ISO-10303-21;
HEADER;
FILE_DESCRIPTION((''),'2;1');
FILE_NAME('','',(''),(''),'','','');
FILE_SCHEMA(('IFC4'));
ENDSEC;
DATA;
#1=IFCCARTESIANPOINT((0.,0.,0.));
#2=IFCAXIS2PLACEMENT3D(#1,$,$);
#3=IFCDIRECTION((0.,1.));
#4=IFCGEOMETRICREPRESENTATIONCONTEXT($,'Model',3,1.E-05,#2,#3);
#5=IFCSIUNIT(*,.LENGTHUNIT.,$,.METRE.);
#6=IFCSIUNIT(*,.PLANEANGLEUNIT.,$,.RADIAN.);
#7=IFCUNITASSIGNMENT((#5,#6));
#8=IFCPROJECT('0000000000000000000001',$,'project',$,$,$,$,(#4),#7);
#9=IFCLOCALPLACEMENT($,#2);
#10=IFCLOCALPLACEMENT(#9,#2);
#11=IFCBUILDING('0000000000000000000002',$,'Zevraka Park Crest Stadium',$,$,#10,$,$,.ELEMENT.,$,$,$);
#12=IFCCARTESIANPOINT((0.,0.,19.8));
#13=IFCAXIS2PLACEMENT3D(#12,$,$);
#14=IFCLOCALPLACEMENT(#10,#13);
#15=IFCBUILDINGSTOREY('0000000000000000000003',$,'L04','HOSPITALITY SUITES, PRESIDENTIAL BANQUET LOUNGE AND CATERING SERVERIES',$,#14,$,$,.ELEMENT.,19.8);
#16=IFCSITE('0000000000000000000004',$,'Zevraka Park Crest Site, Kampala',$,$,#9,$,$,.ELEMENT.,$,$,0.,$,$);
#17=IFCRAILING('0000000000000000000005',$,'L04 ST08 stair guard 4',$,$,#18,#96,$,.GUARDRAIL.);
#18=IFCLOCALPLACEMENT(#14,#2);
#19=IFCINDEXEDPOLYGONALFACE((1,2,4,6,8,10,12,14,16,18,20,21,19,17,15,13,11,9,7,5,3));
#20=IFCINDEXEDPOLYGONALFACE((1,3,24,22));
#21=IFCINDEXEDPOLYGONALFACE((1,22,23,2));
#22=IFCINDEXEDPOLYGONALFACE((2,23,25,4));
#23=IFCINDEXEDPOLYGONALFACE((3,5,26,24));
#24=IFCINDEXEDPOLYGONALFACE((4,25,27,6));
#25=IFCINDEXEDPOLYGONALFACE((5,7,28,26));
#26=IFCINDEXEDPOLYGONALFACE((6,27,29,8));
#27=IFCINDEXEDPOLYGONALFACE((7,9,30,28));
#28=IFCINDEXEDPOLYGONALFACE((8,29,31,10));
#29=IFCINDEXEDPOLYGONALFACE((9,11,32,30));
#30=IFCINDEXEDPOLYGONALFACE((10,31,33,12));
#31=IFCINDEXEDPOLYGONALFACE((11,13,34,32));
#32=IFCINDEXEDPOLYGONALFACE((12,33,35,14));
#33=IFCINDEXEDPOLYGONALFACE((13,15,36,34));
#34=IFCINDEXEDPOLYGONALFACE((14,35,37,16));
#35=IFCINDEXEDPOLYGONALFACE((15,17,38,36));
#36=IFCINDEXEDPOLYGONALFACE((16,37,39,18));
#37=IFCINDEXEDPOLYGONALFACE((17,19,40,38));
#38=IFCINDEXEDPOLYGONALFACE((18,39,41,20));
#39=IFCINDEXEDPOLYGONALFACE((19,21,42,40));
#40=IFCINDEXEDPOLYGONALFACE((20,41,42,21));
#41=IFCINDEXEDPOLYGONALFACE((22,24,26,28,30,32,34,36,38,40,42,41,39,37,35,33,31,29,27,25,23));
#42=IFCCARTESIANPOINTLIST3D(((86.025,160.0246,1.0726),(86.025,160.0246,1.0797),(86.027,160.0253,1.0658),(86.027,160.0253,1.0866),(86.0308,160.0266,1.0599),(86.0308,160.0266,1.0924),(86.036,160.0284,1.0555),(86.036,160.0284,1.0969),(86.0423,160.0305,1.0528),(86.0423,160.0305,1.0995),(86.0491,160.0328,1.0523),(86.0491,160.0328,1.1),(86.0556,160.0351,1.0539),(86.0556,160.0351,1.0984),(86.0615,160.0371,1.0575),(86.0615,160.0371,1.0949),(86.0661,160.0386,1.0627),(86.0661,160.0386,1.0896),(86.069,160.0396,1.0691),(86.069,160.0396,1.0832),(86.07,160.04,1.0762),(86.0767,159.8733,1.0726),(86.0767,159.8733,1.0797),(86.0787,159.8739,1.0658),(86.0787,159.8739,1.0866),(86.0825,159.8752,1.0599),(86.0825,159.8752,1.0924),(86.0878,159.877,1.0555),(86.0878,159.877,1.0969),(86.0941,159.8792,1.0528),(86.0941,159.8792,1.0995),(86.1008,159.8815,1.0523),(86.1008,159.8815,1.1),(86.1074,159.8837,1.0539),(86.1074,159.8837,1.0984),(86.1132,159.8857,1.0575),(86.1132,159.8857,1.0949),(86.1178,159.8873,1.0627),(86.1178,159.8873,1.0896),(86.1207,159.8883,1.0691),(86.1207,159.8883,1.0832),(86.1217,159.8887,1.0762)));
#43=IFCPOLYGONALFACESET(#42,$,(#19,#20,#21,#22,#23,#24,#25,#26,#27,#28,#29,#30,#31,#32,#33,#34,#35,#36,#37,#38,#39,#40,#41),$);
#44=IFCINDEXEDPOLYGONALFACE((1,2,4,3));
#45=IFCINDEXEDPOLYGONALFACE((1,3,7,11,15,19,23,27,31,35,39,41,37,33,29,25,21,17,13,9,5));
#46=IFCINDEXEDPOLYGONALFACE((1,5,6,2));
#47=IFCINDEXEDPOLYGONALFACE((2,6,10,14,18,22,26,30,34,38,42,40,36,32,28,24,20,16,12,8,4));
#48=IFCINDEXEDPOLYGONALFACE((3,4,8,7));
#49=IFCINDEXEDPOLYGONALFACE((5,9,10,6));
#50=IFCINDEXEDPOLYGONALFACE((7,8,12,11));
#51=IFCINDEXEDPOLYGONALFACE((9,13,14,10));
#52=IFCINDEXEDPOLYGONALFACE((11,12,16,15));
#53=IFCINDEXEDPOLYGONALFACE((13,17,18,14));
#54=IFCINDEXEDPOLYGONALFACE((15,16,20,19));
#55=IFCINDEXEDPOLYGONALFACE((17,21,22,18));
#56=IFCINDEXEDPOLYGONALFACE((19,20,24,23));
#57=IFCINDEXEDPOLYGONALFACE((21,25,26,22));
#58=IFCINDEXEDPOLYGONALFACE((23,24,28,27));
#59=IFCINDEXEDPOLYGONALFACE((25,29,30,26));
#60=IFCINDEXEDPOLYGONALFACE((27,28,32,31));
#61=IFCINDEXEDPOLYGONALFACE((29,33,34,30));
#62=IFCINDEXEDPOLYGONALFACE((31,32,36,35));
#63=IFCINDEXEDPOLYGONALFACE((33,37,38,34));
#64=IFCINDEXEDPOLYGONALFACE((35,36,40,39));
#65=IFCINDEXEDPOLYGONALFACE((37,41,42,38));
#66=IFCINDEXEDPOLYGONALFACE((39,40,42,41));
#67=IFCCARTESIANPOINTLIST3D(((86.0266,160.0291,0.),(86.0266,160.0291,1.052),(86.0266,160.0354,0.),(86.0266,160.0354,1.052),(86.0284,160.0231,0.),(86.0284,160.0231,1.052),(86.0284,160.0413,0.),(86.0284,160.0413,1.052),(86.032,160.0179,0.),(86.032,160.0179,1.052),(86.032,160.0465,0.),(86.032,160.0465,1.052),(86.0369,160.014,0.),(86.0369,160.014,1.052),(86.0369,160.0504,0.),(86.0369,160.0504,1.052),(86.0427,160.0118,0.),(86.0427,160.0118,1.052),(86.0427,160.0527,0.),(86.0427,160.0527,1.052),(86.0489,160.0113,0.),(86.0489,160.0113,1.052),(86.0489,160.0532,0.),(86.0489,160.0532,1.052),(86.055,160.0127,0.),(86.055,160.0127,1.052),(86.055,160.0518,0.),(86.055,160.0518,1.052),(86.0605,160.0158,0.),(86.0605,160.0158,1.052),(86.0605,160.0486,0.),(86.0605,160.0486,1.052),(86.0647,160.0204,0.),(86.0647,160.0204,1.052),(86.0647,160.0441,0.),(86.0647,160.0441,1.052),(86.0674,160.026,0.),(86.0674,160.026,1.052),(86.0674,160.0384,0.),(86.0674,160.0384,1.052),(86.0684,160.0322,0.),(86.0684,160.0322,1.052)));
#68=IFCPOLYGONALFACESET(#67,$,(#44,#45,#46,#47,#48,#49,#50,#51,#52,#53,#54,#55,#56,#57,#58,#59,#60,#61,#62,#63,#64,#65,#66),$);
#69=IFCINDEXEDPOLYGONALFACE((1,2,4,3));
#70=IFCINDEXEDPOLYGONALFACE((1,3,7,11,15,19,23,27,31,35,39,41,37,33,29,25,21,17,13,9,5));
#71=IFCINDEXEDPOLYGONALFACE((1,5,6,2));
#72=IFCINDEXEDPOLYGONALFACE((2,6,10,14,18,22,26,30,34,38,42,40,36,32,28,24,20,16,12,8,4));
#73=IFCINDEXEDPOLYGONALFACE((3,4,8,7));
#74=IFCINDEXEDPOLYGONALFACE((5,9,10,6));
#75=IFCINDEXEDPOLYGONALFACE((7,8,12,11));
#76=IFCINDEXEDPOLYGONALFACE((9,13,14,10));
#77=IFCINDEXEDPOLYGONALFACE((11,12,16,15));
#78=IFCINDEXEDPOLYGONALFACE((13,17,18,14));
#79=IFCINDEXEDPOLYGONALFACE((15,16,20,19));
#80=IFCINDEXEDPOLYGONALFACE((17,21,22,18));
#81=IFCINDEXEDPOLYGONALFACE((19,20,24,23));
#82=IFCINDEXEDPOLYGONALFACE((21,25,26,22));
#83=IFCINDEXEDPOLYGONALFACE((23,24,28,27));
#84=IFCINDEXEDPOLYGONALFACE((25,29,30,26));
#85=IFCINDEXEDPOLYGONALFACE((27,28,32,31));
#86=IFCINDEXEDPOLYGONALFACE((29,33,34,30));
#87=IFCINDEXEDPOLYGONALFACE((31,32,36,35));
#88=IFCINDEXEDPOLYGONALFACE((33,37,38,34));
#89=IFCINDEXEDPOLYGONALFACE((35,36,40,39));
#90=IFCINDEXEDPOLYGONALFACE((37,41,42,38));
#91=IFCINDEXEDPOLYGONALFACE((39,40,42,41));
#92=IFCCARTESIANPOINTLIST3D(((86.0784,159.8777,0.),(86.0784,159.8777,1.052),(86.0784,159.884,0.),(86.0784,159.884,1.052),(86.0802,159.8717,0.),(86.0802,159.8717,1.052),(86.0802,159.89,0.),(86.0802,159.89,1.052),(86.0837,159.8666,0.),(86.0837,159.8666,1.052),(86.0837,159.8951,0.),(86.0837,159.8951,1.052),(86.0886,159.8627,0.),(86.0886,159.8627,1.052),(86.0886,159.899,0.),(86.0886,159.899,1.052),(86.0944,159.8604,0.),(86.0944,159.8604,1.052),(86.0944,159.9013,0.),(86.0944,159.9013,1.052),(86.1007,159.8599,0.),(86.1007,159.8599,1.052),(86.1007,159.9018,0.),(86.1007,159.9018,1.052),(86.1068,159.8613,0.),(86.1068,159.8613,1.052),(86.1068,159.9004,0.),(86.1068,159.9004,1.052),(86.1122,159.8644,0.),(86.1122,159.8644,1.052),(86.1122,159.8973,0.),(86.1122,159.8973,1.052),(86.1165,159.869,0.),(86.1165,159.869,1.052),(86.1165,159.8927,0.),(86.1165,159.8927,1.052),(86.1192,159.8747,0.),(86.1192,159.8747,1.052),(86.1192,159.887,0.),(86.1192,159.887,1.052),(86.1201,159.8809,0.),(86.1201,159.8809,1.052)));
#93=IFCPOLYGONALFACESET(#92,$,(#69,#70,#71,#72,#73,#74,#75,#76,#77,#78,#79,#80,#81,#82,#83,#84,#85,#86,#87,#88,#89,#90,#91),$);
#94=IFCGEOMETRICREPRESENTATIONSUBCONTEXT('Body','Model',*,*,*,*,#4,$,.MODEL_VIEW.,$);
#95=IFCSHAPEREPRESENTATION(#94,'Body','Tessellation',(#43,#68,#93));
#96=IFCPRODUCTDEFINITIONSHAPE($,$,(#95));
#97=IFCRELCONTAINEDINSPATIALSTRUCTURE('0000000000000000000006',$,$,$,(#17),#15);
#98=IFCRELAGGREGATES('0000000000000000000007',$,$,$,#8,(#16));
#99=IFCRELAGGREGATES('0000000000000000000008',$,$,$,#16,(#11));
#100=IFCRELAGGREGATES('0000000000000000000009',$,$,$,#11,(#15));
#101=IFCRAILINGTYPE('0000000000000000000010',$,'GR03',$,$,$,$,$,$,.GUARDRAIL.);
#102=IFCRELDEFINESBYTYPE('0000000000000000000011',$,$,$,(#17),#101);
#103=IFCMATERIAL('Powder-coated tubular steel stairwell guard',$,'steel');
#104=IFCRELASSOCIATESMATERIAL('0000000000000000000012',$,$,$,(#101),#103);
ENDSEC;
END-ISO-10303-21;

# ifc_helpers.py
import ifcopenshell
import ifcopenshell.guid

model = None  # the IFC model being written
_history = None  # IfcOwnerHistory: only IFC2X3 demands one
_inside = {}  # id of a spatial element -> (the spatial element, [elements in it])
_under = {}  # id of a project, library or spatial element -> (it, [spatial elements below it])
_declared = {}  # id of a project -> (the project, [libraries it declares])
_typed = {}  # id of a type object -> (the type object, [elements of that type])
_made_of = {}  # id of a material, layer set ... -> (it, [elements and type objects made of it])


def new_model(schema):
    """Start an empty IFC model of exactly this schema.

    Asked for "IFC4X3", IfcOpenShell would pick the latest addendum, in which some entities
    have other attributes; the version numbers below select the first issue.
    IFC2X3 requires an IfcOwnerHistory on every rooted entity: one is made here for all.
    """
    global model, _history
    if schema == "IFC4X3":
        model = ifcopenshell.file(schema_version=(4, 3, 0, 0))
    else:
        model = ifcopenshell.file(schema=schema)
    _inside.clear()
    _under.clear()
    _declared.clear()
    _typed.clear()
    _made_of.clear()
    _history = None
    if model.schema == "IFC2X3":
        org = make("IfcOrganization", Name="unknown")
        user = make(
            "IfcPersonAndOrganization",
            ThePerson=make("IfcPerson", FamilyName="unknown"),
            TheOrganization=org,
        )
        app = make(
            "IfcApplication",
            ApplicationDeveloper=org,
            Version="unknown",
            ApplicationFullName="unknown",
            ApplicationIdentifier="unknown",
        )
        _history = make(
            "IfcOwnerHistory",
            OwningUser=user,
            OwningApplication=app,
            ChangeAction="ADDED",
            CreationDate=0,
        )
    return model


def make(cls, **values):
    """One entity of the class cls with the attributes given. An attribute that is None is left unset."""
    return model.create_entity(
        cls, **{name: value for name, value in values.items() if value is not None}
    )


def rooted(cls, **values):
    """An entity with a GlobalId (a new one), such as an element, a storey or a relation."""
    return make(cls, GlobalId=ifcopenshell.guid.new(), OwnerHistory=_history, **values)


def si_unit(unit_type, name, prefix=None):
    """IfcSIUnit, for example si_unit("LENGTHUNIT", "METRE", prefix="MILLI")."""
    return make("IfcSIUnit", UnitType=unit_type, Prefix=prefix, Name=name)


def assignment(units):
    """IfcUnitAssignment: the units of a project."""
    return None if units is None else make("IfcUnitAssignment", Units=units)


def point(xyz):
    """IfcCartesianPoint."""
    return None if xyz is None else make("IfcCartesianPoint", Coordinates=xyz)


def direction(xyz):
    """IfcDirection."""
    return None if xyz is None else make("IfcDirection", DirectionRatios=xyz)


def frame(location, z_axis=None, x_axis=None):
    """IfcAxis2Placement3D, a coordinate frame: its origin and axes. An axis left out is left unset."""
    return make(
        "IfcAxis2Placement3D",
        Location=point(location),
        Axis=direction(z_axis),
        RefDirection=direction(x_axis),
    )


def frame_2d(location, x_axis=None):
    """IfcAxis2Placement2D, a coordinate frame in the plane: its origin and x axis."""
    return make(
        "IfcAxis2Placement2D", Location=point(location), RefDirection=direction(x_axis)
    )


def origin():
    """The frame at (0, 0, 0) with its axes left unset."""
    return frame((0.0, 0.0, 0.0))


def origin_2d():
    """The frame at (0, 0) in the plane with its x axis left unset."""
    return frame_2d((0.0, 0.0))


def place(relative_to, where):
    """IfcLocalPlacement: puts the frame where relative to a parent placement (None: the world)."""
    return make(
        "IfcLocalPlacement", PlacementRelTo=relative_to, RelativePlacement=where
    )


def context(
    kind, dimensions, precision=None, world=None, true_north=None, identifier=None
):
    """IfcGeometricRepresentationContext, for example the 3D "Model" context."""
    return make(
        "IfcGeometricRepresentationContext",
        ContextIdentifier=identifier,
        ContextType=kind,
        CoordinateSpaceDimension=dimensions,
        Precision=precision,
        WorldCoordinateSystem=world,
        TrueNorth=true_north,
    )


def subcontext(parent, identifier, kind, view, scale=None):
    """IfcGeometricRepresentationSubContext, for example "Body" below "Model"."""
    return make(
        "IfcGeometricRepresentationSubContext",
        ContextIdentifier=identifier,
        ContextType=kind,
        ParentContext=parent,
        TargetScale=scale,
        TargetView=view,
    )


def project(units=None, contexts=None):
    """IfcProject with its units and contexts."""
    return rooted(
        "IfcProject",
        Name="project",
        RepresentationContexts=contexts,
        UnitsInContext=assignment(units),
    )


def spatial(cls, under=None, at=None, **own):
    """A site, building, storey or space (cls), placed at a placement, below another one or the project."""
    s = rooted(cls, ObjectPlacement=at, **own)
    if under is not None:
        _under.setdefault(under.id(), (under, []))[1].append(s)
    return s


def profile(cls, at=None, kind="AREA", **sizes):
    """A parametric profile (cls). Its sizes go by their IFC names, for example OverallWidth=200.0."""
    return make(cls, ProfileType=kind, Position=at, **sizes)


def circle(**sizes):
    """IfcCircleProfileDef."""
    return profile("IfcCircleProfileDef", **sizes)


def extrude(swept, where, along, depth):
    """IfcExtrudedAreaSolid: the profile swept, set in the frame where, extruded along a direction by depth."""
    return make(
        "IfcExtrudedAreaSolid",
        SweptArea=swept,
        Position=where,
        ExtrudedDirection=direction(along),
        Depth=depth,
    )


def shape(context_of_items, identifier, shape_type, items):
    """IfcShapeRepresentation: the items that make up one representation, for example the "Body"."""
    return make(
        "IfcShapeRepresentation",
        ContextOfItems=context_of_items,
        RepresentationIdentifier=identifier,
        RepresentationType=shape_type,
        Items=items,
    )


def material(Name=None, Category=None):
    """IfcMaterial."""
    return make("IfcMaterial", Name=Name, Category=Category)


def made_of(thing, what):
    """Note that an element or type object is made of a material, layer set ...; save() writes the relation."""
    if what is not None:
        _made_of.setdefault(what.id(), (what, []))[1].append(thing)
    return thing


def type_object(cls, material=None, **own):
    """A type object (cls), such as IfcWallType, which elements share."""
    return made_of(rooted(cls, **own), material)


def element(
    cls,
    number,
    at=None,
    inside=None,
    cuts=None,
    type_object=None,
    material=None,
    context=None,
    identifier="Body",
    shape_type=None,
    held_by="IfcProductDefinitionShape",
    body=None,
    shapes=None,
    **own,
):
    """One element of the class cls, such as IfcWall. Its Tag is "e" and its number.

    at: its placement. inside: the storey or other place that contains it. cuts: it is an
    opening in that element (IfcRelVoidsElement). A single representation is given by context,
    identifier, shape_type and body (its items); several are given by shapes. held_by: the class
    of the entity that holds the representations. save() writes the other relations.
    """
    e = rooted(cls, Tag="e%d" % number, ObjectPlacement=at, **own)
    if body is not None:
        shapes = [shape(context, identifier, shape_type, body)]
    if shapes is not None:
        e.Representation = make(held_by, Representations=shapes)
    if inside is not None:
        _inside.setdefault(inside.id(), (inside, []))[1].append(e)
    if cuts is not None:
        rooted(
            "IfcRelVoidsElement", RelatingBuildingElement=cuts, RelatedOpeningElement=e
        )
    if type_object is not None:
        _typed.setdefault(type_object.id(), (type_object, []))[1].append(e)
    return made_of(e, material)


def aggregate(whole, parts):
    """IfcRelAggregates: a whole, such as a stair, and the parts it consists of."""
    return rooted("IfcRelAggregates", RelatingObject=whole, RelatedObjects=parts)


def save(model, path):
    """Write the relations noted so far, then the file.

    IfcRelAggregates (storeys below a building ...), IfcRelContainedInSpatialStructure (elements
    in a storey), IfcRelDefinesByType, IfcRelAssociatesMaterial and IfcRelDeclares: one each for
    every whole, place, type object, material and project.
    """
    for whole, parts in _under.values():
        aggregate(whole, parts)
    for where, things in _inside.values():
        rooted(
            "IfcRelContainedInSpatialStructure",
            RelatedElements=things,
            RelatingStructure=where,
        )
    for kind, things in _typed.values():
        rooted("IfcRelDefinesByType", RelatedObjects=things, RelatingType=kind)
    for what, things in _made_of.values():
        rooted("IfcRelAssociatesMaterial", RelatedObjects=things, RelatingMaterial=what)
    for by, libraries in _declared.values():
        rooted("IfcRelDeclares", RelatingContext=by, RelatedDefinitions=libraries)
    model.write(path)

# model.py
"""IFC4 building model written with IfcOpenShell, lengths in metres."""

from ifc_helpers import new_model, si_unit, direction, frame, origin, origin_2d, place, context, subcontext, project, spatial, circle, extrude, material, type_object, element, save


model = new_model("IFC4")

# Units and contexts
model_context = context("Model", 3, precision=1e-05, world=origin(), true_north=direction((0.0, 1.0)))
body_context = subcontext(model_context, "Body", "Model", "MODEL_VIEW")
ifc_project = project(units=[si_unit("LENGTHUNIT", "METRE"), si_unit("PLANEANGLEUNIT", "RADIAN")], contexts=[model_context])

# Site, building, storey
site_placement = place(None, origin())
site = spatial("IfcSite", under=ifc_project, at=site_placement, Name="Zevraka Park Crest Site, Kampala", CompositionType="ELEMENT", RefElevation=0.0)
building_placement = place(site_placement, origin())
building = spatial("IfcBuilding", under=site, at=building_placement, Name="Zevraka Park Crest Stadium", CompositionType="ELEMENT")
storey_placement = place(building_placement, frame((0.0, 0.0, 19.8)))
storey = spatial("IfcBuildingStorey", under=building, at=storey_placement, Name="L04", Description="HOSPITALITY SUITES, PRESIDENTIAL BANQUET LOUNGE AND CATERING SERVERIES", CompositionType="ELEMENT", Elevation=19.8)

# Railing
ifc_material_1 = material(Name="Powder-coated tubular steel stairwell guard", Category="steel")
railing_type_1 = type_object("IfcRailingType", Name="GR03", PredefinedType="GUARDRAIL", material=ifc_material_1)
railing_1_placement = place(storey_placement, frame((86.0474, 160.0322, 0.0)))
element("IfcRailing", 1, at=railing_1_placement, inside=storey, type_object=railing_type_1, Name="L04 ST08 stair guard 4", PredefinedType="GUARDRAIL", context=body_context, shape_type="SweptSolid", body=[
    extrude(circle(Radius=0.0239, at=origin_2d()), frame((0.0, 0.0, 1.0762), z_axis=(0.323544, -0.946213, 0.0), x_axis=(0.946213, 0.323544, 0.0)), (0.0, 0.0, 1.0), 0.1599),
    extrude(circle(Radius=0.021, at=origin_2d()), origin(), (0.0, 0.0, 1.0), 1.052),
    extrude(circle(Radius=0.021, at=origin_2d()), frame((0.0518, -0.1514, 0.0)), (0.0, 0.0, 1.0), 1.052),
])

save(model, "model.ifc")
